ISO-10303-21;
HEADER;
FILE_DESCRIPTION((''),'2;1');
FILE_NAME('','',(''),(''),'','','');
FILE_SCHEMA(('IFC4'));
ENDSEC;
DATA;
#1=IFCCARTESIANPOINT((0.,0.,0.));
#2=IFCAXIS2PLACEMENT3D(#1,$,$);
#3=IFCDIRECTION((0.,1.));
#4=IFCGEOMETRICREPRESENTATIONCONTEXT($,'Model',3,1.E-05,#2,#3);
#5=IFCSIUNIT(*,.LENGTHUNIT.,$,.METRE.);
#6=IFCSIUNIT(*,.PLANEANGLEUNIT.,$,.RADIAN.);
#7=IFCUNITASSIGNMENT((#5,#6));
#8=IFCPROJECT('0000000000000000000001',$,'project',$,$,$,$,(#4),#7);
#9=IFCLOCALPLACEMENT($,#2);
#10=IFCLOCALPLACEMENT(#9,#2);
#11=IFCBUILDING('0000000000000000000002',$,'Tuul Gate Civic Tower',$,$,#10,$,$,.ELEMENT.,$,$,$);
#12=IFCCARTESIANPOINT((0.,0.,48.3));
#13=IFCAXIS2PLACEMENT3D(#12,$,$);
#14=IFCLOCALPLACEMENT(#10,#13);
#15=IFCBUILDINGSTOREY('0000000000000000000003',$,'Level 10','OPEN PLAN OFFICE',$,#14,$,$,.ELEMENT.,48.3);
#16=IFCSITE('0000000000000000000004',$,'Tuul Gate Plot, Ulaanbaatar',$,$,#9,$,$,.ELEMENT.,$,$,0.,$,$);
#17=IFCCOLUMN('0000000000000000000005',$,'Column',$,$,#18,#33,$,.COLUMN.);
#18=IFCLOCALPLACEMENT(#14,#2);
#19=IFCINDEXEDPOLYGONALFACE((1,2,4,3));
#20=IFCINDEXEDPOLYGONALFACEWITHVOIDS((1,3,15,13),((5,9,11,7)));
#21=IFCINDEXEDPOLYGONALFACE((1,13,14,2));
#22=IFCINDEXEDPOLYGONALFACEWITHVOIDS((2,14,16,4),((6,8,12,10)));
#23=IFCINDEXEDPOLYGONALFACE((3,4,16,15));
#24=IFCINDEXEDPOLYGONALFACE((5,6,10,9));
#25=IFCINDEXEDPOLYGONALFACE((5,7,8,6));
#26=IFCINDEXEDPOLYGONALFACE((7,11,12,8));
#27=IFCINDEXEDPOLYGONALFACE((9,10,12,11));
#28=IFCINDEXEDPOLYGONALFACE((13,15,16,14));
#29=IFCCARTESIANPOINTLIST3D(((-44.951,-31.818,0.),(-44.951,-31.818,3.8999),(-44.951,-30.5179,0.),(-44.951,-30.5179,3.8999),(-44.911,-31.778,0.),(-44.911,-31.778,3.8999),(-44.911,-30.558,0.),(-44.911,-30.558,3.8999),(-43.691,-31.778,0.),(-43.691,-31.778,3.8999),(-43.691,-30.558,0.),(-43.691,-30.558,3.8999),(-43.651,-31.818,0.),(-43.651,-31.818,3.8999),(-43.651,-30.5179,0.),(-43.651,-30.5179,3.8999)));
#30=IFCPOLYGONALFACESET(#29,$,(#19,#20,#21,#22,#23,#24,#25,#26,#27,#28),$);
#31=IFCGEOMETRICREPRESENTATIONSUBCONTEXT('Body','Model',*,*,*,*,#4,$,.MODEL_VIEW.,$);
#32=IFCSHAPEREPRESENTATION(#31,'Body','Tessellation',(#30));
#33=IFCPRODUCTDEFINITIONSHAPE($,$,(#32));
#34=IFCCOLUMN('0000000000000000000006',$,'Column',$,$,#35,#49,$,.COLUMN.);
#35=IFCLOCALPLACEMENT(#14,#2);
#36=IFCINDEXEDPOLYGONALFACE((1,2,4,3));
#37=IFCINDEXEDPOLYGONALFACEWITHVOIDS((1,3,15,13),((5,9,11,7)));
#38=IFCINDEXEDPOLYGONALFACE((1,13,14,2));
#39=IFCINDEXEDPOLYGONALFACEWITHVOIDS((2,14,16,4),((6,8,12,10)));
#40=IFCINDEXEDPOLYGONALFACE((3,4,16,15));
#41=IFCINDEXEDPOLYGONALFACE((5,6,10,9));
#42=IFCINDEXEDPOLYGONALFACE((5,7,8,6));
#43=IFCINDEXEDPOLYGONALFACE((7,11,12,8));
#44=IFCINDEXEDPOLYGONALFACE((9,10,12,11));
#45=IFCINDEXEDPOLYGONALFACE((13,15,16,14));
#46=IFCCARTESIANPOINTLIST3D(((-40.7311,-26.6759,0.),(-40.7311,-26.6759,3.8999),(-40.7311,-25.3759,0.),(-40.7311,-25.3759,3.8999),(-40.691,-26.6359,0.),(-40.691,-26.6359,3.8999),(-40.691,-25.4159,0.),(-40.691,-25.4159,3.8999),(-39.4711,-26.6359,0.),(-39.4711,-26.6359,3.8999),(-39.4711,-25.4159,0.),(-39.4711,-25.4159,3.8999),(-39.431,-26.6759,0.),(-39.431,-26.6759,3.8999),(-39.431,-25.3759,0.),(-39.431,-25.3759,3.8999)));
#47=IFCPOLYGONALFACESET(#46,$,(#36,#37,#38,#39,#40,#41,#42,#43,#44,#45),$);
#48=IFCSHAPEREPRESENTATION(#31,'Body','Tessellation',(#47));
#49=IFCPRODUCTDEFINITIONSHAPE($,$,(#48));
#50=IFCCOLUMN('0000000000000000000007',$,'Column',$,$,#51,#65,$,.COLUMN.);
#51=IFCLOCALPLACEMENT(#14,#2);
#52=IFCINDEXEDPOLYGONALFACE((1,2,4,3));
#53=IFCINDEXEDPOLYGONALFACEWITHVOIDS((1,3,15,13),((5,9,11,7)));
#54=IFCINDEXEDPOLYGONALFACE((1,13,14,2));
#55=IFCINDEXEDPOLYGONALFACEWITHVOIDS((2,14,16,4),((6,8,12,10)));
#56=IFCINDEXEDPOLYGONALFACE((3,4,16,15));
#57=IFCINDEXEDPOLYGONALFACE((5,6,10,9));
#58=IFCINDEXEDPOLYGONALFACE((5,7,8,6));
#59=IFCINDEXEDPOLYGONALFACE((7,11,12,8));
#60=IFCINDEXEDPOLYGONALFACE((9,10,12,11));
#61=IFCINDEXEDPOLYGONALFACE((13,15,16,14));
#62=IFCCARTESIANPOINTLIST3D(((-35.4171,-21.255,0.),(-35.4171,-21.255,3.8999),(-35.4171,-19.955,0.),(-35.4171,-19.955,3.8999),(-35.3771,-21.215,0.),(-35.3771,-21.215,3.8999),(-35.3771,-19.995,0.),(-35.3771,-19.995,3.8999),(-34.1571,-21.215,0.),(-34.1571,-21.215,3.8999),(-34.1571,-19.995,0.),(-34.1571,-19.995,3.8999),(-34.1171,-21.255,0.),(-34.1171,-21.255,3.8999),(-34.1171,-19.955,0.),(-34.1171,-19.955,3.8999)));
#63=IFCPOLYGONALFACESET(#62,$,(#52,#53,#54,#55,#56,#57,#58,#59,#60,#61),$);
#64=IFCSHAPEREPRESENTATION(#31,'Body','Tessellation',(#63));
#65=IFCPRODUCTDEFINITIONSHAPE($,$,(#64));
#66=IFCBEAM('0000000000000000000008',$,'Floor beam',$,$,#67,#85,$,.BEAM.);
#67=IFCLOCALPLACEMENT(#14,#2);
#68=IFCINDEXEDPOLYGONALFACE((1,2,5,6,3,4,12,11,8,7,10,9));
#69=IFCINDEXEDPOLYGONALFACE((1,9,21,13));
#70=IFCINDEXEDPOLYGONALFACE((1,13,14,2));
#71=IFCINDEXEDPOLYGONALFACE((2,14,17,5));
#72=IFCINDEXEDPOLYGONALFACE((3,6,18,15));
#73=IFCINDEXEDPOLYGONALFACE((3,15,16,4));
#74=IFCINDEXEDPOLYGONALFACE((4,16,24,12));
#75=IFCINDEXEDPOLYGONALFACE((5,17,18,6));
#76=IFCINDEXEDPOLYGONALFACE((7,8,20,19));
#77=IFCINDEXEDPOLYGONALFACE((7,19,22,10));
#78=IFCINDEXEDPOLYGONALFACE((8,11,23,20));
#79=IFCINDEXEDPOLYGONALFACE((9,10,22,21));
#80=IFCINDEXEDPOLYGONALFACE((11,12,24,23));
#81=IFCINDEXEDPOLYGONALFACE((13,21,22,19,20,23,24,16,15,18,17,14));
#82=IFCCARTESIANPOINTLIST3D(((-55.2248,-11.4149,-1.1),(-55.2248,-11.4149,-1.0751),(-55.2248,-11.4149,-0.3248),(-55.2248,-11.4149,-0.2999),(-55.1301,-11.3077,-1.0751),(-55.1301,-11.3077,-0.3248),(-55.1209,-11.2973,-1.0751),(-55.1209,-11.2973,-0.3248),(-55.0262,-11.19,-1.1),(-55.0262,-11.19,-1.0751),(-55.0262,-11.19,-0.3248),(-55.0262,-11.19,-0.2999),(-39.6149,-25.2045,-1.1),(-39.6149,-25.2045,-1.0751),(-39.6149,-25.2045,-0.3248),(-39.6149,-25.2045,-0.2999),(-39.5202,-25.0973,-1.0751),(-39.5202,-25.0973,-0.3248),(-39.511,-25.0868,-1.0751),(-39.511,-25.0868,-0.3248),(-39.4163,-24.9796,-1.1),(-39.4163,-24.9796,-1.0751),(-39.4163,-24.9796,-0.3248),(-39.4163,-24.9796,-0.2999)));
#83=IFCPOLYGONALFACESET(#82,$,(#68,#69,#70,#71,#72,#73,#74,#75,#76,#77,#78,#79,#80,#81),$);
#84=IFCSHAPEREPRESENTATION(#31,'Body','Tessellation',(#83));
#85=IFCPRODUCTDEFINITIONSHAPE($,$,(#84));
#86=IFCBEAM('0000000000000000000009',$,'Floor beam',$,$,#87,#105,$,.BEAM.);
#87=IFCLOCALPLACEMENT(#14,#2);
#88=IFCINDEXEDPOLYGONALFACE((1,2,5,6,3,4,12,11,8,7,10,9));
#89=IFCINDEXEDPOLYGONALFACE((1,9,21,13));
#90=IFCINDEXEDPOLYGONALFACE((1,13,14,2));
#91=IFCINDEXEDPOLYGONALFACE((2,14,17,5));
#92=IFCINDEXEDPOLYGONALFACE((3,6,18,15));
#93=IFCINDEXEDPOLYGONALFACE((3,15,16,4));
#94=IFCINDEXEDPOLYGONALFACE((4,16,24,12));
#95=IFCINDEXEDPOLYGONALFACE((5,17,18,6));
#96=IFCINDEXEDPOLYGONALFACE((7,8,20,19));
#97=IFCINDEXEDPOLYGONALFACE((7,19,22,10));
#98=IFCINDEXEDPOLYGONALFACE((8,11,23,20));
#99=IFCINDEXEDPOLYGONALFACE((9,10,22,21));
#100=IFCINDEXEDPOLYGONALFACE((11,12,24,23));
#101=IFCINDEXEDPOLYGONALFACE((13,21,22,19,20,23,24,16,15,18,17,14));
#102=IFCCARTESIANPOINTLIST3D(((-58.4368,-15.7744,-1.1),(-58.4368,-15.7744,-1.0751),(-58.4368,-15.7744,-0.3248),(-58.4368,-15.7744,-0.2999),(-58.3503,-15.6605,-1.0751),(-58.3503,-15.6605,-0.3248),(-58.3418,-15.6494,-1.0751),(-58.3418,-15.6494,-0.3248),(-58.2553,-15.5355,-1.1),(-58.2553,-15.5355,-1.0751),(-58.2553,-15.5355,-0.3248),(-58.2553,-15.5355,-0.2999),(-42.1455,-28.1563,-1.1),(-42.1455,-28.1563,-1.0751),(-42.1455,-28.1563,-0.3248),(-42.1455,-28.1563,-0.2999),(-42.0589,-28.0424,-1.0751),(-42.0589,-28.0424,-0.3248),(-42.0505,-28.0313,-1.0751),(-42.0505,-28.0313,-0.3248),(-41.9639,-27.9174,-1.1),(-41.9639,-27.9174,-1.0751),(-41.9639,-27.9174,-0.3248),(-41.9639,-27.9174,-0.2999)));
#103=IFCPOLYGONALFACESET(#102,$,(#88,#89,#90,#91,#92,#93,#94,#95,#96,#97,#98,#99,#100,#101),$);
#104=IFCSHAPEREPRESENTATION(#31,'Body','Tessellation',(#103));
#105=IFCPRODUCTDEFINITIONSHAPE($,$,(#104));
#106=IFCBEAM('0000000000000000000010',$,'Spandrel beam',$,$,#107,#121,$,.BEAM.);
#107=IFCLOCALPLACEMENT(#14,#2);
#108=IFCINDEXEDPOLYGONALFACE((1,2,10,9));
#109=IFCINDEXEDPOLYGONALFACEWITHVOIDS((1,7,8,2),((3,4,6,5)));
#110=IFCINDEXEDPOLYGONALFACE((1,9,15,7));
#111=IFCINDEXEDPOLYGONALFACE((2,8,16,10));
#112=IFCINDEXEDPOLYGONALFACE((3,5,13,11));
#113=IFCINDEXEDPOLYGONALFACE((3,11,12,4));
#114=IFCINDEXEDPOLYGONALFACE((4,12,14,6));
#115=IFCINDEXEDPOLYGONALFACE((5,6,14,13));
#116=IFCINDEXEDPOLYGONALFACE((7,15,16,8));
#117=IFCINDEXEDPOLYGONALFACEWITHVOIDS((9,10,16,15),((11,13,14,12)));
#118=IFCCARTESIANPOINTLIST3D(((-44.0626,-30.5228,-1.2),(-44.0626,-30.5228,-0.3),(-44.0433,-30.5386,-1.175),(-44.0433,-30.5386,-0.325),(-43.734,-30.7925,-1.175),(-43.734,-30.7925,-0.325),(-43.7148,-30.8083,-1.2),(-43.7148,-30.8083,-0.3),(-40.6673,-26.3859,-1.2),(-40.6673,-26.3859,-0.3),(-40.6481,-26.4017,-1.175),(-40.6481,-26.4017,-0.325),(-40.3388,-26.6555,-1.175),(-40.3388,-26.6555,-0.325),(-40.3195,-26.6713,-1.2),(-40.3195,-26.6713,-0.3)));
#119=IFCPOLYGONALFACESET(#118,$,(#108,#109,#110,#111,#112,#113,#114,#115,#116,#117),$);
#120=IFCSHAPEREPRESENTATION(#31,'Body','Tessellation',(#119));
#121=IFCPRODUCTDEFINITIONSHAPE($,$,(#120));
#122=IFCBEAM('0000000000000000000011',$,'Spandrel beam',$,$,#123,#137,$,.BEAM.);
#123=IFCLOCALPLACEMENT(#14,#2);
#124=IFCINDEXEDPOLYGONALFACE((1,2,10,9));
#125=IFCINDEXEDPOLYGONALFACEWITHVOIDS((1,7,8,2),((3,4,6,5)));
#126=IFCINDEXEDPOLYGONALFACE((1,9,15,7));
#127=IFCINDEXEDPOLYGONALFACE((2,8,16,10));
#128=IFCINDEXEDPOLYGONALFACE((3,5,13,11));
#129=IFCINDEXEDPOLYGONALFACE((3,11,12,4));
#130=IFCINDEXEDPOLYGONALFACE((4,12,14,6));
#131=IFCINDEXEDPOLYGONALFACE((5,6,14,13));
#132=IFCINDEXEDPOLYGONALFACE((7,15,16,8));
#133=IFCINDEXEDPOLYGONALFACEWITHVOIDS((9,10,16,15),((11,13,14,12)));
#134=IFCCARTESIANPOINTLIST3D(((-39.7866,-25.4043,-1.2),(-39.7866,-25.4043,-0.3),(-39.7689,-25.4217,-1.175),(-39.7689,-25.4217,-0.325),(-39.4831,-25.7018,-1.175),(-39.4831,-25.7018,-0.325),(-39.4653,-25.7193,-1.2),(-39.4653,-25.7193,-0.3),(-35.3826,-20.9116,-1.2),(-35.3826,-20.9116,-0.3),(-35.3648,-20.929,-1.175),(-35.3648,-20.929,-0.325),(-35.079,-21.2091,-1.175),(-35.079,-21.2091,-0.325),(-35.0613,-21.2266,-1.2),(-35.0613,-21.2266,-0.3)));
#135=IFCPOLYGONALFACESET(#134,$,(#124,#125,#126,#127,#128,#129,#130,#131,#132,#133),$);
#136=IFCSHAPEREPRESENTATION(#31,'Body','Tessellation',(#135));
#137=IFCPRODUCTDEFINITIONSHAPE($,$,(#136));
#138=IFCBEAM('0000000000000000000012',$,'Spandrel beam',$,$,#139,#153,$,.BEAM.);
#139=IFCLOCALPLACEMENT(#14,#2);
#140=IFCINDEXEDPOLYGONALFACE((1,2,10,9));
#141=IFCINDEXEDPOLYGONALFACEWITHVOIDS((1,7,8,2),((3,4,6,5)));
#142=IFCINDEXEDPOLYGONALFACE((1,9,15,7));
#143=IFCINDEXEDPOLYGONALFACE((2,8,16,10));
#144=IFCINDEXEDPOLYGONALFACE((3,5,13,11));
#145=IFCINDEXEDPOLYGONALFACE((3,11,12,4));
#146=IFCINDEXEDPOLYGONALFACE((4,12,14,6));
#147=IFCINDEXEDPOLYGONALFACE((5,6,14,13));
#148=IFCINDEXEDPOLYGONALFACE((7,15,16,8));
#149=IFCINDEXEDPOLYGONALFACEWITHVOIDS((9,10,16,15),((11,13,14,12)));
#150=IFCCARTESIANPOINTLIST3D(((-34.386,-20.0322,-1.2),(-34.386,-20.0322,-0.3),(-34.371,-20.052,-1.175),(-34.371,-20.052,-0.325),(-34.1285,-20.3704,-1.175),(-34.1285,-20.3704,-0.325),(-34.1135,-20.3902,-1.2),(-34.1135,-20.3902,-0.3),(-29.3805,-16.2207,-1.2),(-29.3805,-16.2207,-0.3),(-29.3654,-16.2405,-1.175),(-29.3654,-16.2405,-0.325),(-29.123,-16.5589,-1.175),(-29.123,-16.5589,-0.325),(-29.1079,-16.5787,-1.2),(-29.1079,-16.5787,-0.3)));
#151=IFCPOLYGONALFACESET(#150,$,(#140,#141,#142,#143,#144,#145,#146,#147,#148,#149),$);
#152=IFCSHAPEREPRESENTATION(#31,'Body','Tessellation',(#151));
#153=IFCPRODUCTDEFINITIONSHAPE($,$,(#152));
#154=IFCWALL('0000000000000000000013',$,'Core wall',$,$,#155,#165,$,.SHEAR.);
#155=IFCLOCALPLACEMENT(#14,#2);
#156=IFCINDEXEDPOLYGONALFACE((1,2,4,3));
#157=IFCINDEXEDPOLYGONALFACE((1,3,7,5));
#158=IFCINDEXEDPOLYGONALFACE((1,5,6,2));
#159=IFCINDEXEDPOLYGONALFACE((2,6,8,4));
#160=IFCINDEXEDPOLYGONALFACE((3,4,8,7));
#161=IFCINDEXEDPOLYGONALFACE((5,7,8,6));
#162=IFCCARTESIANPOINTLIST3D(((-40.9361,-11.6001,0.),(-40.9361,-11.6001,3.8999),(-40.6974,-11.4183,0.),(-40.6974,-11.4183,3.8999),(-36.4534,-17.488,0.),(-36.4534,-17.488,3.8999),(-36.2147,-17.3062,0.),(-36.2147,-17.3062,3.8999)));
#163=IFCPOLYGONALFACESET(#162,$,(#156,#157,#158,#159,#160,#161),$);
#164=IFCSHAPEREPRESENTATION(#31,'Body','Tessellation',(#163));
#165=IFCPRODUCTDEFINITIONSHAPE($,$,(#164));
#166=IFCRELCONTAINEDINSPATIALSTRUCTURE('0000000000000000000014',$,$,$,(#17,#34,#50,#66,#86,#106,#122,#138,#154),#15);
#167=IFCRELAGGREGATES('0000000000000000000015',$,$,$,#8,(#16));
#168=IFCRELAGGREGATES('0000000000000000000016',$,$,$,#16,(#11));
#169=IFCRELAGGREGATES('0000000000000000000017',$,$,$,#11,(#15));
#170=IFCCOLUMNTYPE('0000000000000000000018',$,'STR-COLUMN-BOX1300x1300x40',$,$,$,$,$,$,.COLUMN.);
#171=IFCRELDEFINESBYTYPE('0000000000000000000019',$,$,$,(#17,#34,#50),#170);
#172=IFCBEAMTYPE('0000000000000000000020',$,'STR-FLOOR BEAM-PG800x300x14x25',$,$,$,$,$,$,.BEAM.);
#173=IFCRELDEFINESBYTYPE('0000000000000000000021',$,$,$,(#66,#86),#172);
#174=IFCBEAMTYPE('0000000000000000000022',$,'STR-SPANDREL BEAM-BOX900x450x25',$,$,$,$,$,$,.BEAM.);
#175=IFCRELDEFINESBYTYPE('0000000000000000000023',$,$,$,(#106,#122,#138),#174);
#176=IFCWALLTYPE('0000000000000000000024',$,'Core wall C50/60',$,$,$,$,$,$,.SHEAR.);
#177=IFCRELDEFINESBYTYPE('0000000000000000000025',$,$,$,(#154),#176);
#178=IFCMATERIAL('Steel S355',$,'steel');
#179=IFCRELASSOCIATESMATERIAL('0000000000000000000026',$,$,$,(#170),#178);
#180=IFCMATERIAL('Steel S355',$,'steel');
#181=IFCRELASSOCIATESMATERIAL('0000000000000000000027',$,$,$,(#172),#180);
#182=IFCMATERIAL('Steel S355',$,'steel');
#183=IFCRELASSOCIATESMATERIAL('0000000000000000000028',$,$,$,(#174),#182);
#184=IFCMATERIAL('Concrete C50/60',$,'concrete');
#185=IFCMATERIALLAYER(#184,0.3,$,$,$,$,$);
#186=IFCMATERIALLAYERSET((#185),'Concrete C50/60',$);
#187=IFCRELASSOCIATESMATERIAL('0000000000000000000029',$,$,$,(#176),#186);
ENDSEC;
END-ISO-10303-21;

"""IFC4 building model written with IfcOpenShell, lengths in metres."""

from ifc_helpers import new_model, si_unit, direction, frame, frame_2d, origin, origin_2d, place, context, subcontext, project, spatial, rectangle, hollow_rectangle, i_section, extrude, material, layer, layer_set, material_profile, profile_set, type_object, element, save


model = new_model("IFC4")

# Units and contexts
model_context = context("Model", 3, precision=1e-05, world=origin(), true_north=direction((0.0, 1.0)))
body_context = subcontext(model_context, "Body", "Model", "MODEL_VIEW")
ifc_project = project(units=[si_unit("LENGTHUNIT", "METRE"), si_unit("PLANEANGLEUNIT", "RADIAN")], contexts=[model_context])

# Site, building, storey
site_placement = place(None, origin())
site = spatial("IfcSite", under=ifc_project, at=site_placement, Name="Tuul Gate Plot, Ulaanbaatar", CompositionType="ELEMENT", RefElevation=0.0)
building_placement = place(site_placement, origin())
building = spatial("IfcBuilding", under=site, at=building_placement, Name="Tuul Gate Civic Tower", CompositionType="ELEMENT")
storey_placement = place(building_placement, frame((0.0, 0.0, 48.3)))
storey = spatial("IfcBuildingStorey", under=building, at=storey_placement, Name="Level 10", Description="OPEN PLAN OFFICE", CompositionType="ELEMENT", Elevation=48.3)

# Columns
ifc_material_1 = material(Name="Steel S355", Category="steel")
ifc_material_profile_1 = material_profile(ifc_material_1, hollow_rectangle(XDim=1.3, YDim=1.3, WallThickness=0.04, at=origin_2d()), Name="BOX1300x1300x40")
ifc_profile_set_1 = profile_set([ifc_material_profile_1], Name="Steel S355")
column_type = type_object("IfcColumnType", Name="STR-COLUMN-BOX1300x1300x40", PredefinedType="COLUMN", material=ifc_profile_set_1)
for number, where, z_axis, x_axis, name in (
    (1, (-44.301, -31.168, 0.0), (0.0, 0.0, 1.0), (1.0, 0.0, 0.0), "Column"),
    (2, (-40.0811, -26.0259, 0.0), (0.0, 0.0, 1.0), (1.0, 0.0, 0.0), "Column"),
    (3, (-34.7671, -20.605, 0.0), (0.0, 0.0, 1.0), (1.0, 0.0, 0.0), "Column"),
):
    element("IfcColumn", number, at=place(storey_placement, frame(where, z_axis=z_axis, x_axis=x_axis)), inside=storey, type_object=column_type, Name=name, PredefinedType="COLUMN", context=body_context, shape_type="SweptSolid", body=[
        extrude(hollow_rectangle(XDim=1.3, YDim=1.3, WallThickness=0.04, at=origin_2d()), origin(), (0.0, 0.0, 1.0), 3.8999),
    ])

# Beams
ifc_material_2 = material(Name="Steel S355", Category="steel")
ifc_material_profile_2 = material_profile(ifc_material_2, i_section(OverallWidth=0.3, OverallDepth=0.8, WebThickness=0.0139, FlangeThickness=0.0249, at=origin_2d()), Name="PG800x300x14x25")
ifc_profile_set_2 = profile_set([ifc_material_profile_2], Name="Steel S355")
beam_type_1 = type_object("IfcBeamType", Name="STR-FLOOR BEAM-PG800x300x14x25", PredefinedType="BEAM", material=ifc_profile_set_2)
beam_1_placement = place(storey_placement, frame((-39.5156, -25.092, -0.7), z_axis=(-0.749453, 0.662057, 0.0), x_axis=(-0.662057, -0.749453, 0.0)))
element("IfcBeam", 4, at=beam_1_placement, inside=storey, type_object=beam_type_1, Name="Floor beam", PredefinedType="BEAM", context=body_context, shape_type="SweptSolid", body=[
    extrude(i_section(OverallWidth=0.3, OverallDepth=0.8, WebThickness=0.0139, FlangeThickness=0.0249, at=origin_2d()), origin(), (0.0, 0.0, 1.0), 20.8284),
])
beam_2_placement = place(storey_placement, frame((-42.0547, -28.0369, -0.7), z_axis=(-0.796151, 0.605098, 0.0), x_axis=(-0.605098, -0.796151, 0.0)))
element("IfcBeam", 5, at=beam_2_placement, inside=storey, type_object=beam_type_1, Name="Floor beam", PredefinedType="BEAM", context=body_context, shape_type="SweptSolid", body=[
    extrude(i_section(OverallWidth=0.3, OverallDepth=0.8, WebThickness=0.0139, FlangeThickness=0.0249, at=origin_2d()), origin(), (0.0, 0.0, 1.0), 20.4626),
])
ifc_material_3 = material(Name="Steel S355", Category="steel")
ifc_material_profile_3 = material_profile(ifc_material_3, hollow_rectangle(XDim=0.45, YDim=0.8999, WallThickness=0.0249, at=origin_2d()), Name="BOX900x450x25")
ifc_profile_set_3 = profile_set([ifc_material_profile_3], Name="Steel S355")
beam_type_2 = type_object("IfcBeamType", Name="STR-SPANDREL BEAM-BOX900x450x25", PredefinedType="BEAM", material=ifc_profile_set_3)
beam_3_placement = place(storey_placement, frame((-43.8887, -30.6655, -0.75), z_axis=(0.63441, 0.772997, 0.0), x_axis=(-0.772997, 0.63441, 0.0)))
element("IfcBeam", 6, at=beam_3_placement, inside=storey, type_object=beam_type_2, Name="Spandrel beam", PredefinedType="BEAM", context=body_context, shape_type="SweptSolid", body=[
    extrude(hollow_rectangle(XDim=0.45, YDim=0.8999, WallThickness=0.0249, at=origin_2d()), origin(), (0.0, 0.0, 1.0), 5.3518),
])
beam_4_placement = place(storey_placement, frame((-39.626, -25.5618, -0.75), z_axis=(0.700028, 0.714115, 0.0), x_axis=(-0.714115, 0.700028, 0.0)))
element("IfcBeam", 7, at=beam_4_placement, inside=storey, type_object=beam_type_2, Name="Spandrel beam", PredefinedType="BEAM", context=body_context, shape_type="SweptSolid", body=[
    extrude(hollow_rectangle(XDim=0.45, YDim=0.8999, WallThickness=0.0249, at=origin_2d()), origin(), (0.0, 0.0, 1.0), 6.2913),
])
beam_5_placement = place(storey_placement, frame((-34.2498, -20.2112, -0.75), z_axis=(0.795606, 0.605814, 0.0), x_axis=(-0.605814, 0.795606, 0.0)))
element("IfcBeam", 8, at=beam_5_placement, inside=storey, type_object=beam_type_2, Name="Spandrel beam", PredefinedType="BEAM", context=body_context, shape_type="SweptSolid", body=[
    extrude(hollow_rectangle(XDim=0.45, YDim=0.8999, WallThickness=0.0249, at=origin_2d()), origin(), (0.0, 0.0, 1.0), 6.2915),
])

# Wall
ifc_material_4 = material(Name="Concrete C50/60", Category="concrete")
ifc_layer_1 = layer(ifc_material_4, 0.3)
ifc_layer_set_1 = layer_set([ifc_layer_1], Name="Concrete C50/60")
wall_type_1 = type_object("IfcWallType", Name="Core wall C50/60", PredefinedType="SHEAR", material=ifc_layer_set_1)
wall_1_placement = place(storey_placement, frame((-36.334, -17.3972, 0.0), z_axis=(0.0, 0.0, 1.0), x_axis=(-0.605754, 0.795652, 0.0)))
element("IfcWall", 9, at=wall_1_placement, inside=storey, type_object=wall_type_1, Name="Core wall", PredefinedType="SHEAR", context=body_context, shape_type="SweptSolid", body=[
    extrude(rectangle(XDim=7.4001, YDim=0.3, at=frame_2d((3.7002, 0.0))), origin(), (0.0, 0.0, 1.0), 3.8999),
])

save(model, "model.ifc")
